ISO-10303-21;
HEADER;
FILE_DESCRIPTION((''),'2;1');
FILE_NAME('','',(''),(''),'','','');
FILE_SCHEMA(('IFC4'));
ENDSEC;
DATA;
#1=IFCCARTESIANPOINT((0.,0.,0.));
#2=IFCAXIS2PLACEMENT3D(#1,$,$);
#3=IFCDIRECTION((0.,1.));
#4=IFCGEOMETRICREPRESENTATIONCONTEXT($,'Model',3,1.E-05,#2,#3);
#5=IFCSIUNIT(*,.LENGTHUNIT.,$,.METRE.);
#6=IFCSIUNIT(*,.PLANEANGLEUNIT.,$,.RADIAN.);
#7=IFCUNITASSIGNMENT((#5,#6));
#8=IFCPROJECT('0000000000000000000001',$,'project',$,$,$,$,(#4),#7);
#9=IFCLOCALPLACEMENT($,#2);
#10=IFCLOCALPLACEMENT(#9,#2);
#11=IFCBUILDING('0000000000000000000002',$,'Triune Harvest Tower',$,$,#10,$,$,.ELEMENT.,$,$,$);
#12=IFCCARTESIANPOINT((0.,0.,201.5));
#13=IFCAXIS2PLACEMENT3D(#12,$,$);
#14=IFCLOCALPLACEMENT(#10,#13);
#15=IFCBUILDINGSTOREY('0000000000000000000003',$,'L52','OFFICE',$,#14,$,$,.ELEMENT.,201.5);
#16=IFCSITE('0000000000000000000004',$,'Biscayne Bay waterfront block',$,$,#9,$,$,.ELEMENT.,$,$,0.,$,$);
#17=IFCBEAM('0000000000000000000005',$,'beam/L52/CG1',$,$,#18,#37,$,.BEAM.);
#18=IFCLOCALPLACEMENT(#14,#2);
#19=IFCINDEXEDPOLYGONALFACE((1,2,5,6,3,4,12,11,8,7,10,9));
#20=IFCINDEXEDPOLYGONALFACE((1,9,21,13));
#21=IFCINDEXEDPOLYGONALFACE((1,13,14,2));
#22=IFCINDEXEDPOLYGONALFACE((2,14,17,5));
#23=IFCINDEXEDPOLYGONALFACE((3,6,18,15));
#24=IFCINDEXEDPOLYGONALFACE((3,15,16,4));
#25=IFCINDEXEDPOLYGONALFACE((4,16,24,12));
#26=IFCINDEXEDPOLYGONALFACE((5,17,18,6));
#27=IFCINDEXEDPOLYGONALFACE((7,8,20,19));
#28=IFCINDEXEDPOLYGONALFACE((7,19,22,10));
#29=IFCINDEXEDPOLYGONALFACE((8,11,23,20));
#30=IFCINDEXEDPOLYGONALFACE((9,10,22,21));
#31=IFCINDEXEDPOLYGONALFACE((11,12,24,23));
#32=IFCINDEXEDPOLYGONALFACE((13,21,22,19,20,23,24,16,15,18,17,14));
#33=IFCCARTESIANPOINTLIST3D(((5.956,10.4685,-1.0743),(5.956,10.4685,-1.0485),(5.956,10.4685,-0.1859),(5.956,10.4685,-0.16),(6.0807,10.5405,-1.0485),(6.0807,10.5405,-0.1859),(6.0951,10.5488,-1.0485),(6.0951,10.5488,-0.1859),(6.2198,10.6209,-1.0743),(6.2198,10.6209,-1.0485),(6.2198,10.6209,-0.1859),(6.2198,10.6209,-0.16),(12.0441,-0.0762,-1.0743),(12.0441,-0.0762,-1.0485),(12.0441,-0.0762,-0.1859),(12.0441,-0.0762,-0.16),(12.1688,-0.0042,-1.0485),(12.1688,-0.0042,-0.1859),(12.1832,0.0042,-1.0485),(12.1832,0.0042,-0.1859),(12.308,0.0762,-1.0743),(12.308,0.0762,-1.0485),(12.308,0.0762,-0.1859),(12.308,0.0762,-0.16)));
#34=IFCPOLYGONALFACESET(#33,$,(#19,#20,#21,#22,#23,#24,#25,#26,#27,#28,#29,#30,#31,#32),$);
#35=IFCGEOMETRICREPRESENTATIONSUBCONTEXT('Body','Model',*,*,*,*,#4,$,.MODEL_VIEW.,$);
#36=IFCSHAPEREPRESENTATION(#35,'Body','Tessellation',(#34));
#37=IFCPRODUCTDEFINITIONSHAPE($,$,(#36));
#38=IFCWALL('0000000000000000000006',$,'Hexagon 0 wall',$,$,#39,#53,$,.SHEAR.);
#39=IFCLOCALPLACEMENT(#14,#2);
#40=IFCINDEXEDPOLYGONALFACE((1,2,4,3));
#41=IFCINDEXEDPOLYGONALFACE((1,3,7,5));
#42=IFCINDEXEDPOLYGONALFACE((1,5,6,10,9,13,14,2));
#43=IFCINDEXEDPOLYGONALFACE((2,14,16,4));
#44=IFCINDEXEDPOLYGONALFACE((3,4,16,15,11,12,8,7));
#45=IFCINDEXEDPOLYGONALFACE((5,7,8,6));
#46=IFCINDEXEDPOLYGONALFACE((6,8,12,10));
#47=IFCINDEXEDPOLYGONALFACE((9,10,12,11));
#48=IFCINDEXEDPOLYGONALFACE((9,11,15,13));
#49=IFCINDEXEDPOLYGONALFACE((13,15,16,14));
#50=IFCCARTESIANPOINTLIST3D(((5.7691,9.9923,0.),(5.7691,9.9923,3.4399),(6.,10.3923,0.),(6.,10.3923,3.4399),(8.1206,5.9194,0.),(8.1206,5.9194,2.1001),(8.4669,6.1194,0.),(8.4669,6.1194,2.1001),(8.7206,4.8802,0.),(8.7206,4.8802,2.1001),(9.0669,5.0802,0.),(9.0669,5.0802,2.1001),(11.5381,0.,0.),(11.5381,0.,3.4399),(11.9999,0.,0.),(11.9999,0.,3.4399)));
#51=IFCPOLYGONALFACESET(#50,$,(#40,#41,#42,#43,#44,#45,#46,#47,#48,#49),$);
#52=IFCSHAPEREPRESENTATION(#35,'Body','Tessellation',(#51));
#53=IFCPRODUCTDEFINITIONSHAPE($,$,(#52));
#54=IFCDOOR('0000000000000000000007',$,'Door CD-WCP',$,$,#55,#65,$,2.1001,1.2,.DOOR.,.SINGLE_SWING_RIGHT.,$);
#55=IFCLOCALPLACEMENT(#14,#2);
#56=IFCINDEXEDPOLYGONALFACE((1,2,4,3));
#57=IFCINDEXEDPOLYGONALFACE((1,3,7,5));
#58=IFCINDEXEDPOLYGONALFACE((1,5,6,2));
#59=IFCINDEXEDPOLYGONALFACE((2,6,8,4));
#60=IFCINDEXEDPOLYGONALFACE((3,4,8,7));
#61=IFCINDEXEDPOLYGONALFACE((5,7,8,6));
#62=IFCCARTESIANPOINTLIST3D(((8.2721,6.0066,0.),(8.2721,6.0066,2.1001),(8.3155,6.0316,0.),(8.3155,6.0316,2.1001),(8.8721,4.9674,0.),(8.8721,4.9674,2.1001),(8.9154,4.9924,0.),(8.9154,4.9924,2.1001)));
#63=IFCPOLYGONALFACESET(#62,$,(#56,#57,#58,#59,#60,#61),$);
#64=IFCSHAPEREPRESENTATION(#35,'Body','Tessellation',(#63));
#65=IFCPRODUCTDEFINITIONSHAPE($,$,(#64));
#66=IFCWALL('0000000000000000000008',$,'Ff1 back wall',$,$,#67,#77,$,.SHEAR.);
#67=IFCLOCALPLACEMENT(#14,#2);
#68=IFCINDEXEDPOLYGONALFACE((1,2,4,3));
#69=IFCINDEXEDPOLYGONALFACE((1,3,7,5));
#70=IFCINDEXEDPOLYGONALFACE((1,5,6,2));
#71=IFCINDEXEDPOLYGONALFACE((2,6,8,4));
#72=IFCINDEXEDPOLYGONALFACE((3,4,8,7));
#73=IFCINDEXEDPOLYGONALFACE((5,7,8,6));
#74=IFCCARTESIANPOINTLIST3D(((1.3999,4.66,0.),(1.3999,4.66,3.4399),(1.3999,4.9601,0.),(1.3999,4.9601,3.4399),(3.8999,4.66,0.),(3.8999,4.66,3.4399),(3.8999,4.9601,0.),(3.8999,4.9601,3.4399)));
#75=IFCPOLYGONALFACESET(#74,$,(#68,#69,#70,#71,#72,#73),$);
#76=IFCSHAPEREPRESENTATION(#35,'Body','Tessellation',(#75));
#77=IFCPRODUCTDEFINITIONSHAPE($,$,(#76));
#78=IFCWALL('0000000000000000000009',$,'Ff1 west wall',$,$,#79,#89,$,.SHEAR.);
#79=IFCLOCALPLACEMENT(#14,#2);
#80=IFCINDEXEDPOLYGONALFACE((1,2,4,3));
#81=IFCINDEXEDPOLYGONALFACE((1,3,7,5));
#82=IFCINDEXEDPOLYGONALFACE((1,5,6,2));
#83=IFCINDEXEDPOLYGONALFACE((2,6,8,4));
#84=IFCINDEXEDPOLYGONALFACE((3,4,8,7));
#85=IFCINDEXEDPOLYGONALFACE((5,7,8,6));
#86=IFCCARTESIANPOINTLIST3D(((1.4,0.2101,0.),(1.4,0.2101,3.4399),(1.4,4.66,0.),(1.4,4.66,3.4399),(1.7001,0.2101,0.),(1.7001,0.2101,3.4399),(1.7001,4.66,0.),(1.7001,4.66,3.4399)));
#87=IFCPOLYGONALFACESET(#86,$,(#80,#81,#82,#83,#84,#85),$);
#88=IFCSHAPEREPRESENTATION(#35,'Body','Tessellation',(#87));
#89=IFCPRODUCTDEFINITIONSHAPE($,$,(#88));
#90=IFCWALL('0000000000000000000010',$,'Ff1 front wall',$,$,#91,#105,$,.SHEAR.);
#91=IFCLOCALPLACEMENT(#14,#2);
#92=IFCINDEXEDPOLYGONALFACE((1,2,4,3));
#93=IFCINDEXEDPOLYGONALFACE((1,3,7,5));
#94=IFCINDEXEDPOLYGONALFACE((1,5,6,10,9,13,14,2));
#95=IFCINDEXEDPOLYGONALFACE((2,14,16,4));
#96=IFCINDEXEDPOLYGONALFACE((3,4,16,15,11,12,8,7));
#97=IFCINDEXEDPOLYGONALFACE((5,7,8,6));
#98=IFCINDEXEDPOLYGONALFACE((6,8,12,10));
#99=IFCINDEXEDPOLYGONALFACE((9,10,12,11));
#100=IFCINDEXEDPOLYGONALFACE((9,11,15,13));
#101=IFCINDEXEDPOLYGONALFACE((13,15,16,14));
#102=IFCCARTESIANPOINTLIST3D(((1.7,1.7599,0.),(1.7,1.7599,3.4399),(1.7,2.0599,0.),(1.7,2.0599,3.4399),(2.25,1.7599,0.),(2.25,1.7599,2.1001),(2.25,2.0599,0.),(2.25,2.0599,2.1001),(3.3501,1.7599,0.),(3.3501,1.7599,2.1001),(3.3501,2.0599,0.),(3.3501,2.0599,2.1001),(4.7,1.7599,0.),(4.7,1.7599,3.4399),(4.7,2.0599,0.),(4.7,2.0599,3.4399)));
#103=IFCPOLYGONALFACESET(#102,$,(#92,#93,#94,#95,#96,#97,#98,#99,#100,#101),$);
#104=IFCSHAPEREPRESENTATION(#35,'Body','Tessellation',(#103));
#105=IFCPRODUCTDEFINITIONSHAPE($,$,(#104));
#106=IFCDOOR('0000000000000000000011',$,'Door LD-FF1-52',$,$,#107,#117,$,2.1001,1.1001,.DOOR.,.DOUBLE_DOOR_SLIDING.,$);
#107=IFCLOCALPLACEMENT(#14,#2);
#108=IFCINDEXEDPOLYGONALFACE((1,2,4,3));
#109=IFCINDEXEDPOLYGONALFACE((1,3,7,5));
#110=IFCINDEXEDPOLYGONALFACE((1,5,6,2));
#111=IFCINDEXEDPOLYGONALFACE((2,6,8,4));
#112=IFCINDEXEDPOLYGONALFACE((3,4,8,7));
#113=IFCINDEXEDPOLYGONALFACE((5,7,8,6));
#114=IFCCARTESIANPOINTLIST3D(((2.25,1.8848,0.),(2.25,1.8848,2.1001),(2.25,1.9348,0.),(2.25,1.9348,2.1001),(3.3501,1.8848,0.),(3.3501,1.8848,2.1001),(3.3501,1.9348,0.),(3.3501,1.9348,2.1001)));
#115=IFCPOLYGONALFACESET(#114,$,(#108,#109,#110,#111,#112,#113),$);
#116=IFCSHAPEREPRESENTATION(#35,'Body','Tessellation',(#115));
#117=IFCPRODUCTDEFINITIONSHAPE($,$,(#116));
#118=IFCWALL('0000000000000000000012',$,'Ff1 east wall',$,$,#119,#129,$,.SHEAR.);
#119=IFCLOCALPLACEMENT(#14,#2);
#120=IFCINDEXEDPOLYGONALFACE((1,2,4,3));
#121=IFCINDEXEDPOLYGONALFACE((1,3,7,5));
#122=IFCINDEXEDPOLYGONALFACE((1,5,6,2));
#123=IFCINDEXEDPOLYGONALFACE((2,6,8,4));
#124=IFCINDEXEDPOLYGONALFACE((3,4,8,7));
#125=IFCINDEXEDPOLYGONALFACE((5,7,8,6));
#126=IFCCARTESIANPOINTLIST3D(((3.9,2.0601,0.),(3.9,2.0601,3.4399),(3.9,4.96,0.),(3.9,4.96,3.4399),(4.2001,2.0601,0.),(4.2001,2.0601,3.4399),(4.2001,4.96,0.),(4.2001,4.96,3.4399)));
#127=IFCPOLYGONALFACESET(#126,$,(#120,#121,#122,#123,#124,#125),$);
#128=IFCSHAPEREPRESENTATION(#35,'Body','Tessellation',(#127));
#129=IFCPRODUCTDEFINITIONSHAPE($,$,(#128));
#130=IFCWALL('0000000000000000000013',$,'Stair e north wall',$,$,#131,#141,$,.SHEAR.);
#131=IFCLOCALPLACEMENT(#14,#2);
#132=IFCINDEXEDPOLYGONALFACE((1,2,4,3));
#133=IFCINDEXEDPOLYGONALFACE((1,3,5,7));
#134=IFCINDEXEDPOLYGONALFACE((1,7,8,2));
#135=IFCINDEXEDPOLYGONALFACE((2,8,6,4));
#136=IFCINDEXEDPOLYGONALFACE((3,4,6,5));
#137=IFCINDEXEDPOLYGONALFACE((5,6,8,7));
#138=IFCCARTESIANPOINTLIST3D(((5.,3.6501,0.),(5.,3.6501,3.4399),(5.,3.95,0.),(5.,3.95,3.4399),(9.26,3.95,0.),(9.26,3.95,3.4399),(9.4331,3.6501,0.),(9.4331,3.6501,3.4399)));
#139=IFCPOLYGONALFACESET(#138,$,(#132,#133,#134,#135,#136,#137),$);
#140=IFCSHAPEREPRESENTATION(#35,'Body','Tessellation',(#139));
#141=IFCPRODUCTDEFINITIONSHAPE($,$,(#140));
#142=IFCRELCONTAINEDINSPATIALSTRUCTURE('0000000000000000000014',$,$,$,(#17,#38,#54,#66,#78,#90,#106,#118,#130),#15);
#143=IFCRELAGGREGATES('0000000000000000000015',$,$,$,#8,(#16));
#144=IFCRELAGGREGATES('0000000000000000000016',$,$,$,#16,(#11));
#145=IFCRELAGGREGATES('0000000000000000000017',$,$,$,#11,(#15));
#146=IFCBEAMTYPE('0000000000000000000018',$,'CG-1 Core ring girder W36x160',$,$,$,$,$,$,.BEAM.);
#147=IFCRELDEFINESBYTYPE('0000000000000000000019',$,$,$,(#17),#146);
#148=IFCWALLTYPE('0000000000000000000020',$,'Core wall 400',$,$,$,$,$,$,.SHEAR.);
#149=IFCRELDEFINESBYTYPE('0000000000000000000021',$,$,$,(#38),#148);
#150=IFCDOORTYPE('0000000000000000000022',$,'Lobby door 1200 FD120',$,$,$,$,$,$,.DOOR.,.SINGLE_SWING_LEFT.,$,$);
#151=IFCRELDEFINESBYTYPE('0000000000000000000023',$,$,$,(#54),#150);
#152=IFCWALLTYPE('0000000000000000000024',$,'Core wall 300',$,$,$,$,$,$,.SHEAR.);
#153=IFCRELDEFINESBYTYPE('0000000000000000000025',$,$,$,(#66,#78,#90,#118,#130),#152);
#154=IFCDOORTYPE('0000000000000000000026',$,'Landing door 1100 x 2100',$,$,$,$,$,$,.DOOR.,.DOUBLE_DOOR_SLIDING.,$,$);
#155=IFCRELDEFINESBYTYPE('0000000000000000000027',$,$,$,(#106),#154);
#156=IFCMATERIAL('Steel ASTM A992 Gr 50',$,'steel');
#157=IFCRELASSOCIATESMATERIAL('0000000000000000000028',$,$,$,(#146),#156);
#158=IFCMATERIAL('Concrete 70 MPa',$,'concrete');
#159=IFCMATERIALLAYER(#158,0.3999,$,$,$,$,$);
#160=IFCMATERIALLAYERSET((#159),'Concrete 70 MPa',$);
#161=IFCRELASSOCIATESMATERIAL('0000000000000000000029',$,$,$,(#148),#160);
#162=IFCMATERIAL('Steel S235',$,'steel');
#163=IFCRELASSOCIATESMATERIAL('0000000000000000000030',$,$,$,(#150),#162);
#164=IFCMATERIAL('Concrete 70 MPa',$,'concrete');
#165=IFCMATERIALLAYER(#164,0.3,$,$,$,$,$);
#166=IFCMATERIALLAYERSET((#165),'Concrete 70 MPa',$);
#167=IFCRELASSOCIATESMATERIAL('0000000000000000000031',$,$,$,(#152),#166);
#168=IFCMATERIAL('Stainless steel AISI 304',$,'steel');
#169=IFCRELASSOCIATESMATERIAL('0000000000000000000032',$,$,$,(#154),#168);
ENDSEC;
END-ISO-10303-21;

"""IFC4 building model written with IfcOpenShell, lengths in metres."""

from ifc_helpers import new_model, si_unit, direction, frame, frame_2d, origin, origin_2d, place, context, subcontext, project, spatial, polyline, rectangle, i_section, outline, extrude, source, transform, mapped, material, layer, layer_set, material_profile, profile_set, type_object, element, fill, save


model = new_model("IFC4")

# Units and contexts
model_context = context("Model", 3, precision=1e-05, world=origin(), true_north=direction((0.0, 1.0)))
body_context = subcontext(model_context, "Body", "Model", "MODEL_VIEW")
ifc_project = project(units=[si_unit("LENGTHUNIT", "METRE"), si_unit("PLANEANGLEUNIT", "RADIAN")], contexts=[model_context])

# Site, building, storey
site_placement = place(None, origin())
site = spatial("IfcSite", under=ifc_project, at=site_placement, Name="Biscayne Bay waterfront block", CompositionType="ELEMENT", RefElevation=0.0)
building_placement = place(site_placement, origin())
building = spatial("IfcBuilding", under=site, at=building_placement, Name="Triune Harvest Tower", CompositionType="ELEMENT")
storey_placement = place(building_placement, frame((0.0, 0.0, 201.5)))
storey = spatial("IfcBuildingStorey", under=building, at=storey_placement, Name="L52", Description="OFFICE", CompositionType="ELEMENT", Elevation=201.5)

# Beam
ifc_material_1 = material(Name="Steel ASTM A992 Gr 50", Category="steel")
ifc_material_profile = material_profile(ifc_material_1, i_section(OverallWidth=0.3047, OverallDepth=0.9143, WebThickness=0.0166, FlangeThickness=0.0259, at=origin_2d()), Name="W36x160")
ifc_profile_set = profile_set([ifc_material_profile], Name="Steel ASTM A992 Gr 50")
beam_type = type_object("IfcBeamType", Name="CG-1 Core ring girder W36x160", PredefinedType="BEAM", material=ifc_profile_set)
shared_shape_1 = source(origin(), body_context, "Body", "SweptSolid", [
    extrude(i_section(OverallWidth=0.3047, OverallDepth=0.9143, WebThickness=0.0166, FlangeThickness=0.0259, at=origin_2d()), origin(), (0.0, 0.0, 1.0), 12.176),
])
beam_placement = place(storey_placement, frame((12.176, 0.0, -0.6172), z_axis=(-0.50001, 0.86602, 0.0), x_axis=(-0.86602, -0.50001, 0.0)))
element("IfcBeam", 1, at=beam_placement, inside=storey, type_object=beam_type, Name="beam/L52/CG1", PredefinedType="BEAM", context=body_context, shape_type="MappedRepresentation", body=[
    mapped(shared_shape_1, transform((0.0, 0.0, 0.0), scale=1.0)),
])

# Wall, opening, door
ifc_material_2 = material(Name="Concrete 70 MPa", Category="concrete")
ifc_layer_1 = layer(ifc_material_2, 0.3999)
ifc_layer_set_1 = layer_set([ifc_layer_1], Name="Concrete 70 MPa")
wall_type_1 = type_object("IfcWallType", Name="Core wall 400", PredefinedType="SHEAR", material=ifc_layer_set_1)
shared_shape_2 = source(origin(), body_context, "Body", "SweptSolid", [
    extrude(outline(polyline([(-0.1155, -0.2), (11.8845, -0.2), (11.6536, 0.2), (0.1155, 0.2), (-0.1155, -0.2)])), origin(), (0.0, 0.0, 1.0), 3.4399),
])
wall_1_placement = place(storey_placement, frame((11.769, 0.0, 0.0), z_axis=(0.0, 0.0, 1.0), x_axis=(-0.499997, 0.866027, 0.0)))
wall_1 = element("IfcWall", 2, at=wall_1_placement, inside=storey, type_object=wall_type_1, Name="Hexagon 0 wall", PredefinedType="SHEAR", context=body_context, shape_type="MappedRepresentation", body=[
    mapped(shared_shape_2, transform((0.0, 0.0, 0.0), scale=1.0)),
])
opening_1_placement = place(wall_1_placement, frame((5.7505, 0.0, 0.0)))
opening_1 = element("IfcOpeningElement", 3, at=opening_1_placement, cuts=wall_1, PredefinedType="OPENING", context=body_context, shape_type="SweptSolid", body=[
    extrude(rectangle(XDim=1.2, YDim=2.1001, at=frame_2d((0.6001, 1.05))), frame((0.0, 0.21, 0.0), z_axis=(0.0, -1.0, 0.0), x_axis=(1.0, 0.0, 0.0)), (0.0, 0.0, 1.0), 0.4199),
])
ifc_material_3 = material(Name="Steel S235", Category="steel")
door_type_1 = type_object("IfcDoorType", Name="Lobby door 1200 FD120", OperationType="SINGLE_SWING_LEFT", PredefinedType="DOOR", material=ifc_material_3)
door_1_placement = place(opening_1_placement, frame((1.2, 0.0, 0.0), z_axis=(0.0, 0.0, 1.0), x_axis=(-1.0, 0.0, 0.0)))
door_1 = element("IfcDoor", 4, at=door_1_placement, inside=storey, type_object=door_type_1, Name="Door CD-WCP", OperationType="SINGLE_SWING_RIGHT", OverallHeight=2.1001, OverallWidth=1.2, PredefinedType="DOOR", context=body_context, shape_type="SweptSolid", body=[
    extrude(rectangle(XDim=1.2, YDim=2.1001, at=frame_2d((0.6001, 1.05))), frame((0.0, 0.0249, 0.0), z_axis=(0.0, -1.0, 0.0), x_axis=(1.0, 0.0, 0.0)), (0.0, 0.0, 1.0), 0.05),
])
fill(opening_1, door_1)

# Walls
ifc_material_4 = material(Name="Concrete 70 MPa", Category="concrete")
ifc_layer_2 = layer(ifc_material_4, 0.3)
ifc_layer_set_2 = layer_set([ifc_layer_2], Name="Concrete 70 MPa")
wall_type_2 = type_object("IfcWallType", Name="Core wall 300", PredefinedType="SHEAR", material=ifc_layer_set_2)
shared_shape_3 = source(origin(), body_context, "Body", "SweptSolid", [
    extrude(rectangle(XDim=2.5, YDim=0.3, at=frame_2d((1.25, 0.0))), origin(), (0.0, 0.0, 1.0), 3.4399),
])
wall_2_placement = place(storey_placement, frame((1.3999, 4.8101, 0.0), z_axis=(0.0, 0.0, 1.0), x_axis=(1.0, 0.0, 0.0)))
element("IfcWall", 5, at=wall_2_placement, inside=storey, type_object=wall_type_2, Name="Ff1 back wall", PredefinedType="SHEAR", context=body_context, shape_type="MappedRepresentation", body=[
    mapped(shared_shape_3, transform((0.0, 0.0, 0.0), scale=1.0)),
])
shared_shape_4 = source(origin(), body_context, "Body", "SweptSolid", [
    extrude(rectangle(XDim=4.45, YDim=0.3, at=frame_2d((2.2251, 0.0))), origin(), (0.0, 0.0, 1.0), 3.4399),
])
wall_3_placement = place(storey_placement, frame((1.55, 0.21, 0.0), z_axis=(0.0, 0.0, 1.0), x_axis=(0.0, 1.0, 0.0)))
element("IfcWall", 6, at=wall_3_placement, inside=storey, type_object=wall_type_2, Name="Ff1 west wall", PredefinedType="SHEAR", context=body_context, shape_type="MappedRepresentation", body=[
    mapped(shared_shape_4, transform((0.0, 0.0, 0.0), scale=1.0)),
])

# Wall, opening, door
shared_shape_5 = source(origin(), body_context, "Body", "SweptSolid", [
    extrude(rectangle(XDim=3.0, YDim=0.3, at=frame_2d((1.5, 0.0))), origin(), (0.0, 0.0, 1.0), 3.4399),
])
wall_4_placement = place(storey_placement, frame((1.7, 1.9099, 0.0), z_axis=(0.0, 0.0, 1.0), x_axis=(1.0, 0.0, 0.0)))
wall_4 = element("IfcWall", 7, at=wall_4_placement, inside=storey, type_object=wall_type_2, Name="Ff1 front wall", PredefinedType="SHEAR", context=body_context, shape_type="MappedRepresentation", body=[
    mapped(shared_shape_5, transform((0.0, 0.0, 0.0), scale=1.0)),
])
opening_2_placement = place(wall_4_placement, frame((0.55, 0.0, 0.0)))
opening_2 = element("IfcOpeningElement", 8, at=opening_2_placement, cuts=wall_4, PredefinedType="OPENING", context=body_context, shape_type="SweptSolid", body=[
    extrude(rectangle(XDim=1.1001, YDim=2.1001, at=frame_2d((0.55, 1.05))), frame((0.0, 0.1602, 0.0), z_axis=(0.0, -1.0, 0.0), x_axis=(1.0, 0.0, 0.0)), (0.0, 0.0, 1.0), 0.3201),
])
ifc_material_5 = material(Name="Stainless steel AISI 304", Category="steel")
door_type_2 = type_object("IfcDoorType", Name="Landing door 1100 x 2100", OperationType="DOUBLE_DOOR_SLIDING", PredefinedType="DOOR", material=ifc_material_5)
door_2_placement = place(opening_2_placement, origin())
door_2 = element("IfcDoor", 9, at=door_2_placement, inside=storey, type_object=door_type_2, Name="Door LD-FF1-52", OperationType="DOUBLE_DOOR_SLIDING", OverallHeight=2.1001, OverallWidth=1.1001, PredefinedType="DOOR", context=body_context, shape_type="SweptSolid", body=[
    extrude(rectangle(XDim=1.1001, YDim=2.1001, at=frame_2d((0.55, 1.05))), frame((0.0, 0.0249, 0.0), z_axis=(0.0, -1.0, 0.0), x_axis=(1.0, 0.0, 0.0)), (0.0, 0.0, 1.0), 0.05),
])
fill(opening_2, door_2)

# Walls
shared_shape_6 = source(origin(), body_context, "Body", "SweptSolid", [
    extrude(rectangle(XDim=2.8999, YDim=0.3, at=frame_2d((1.45, 0.0))), origin(), (0.0, 0.0, 1.0), 3.4399),
])
wall_5_placement = place(storey_placement, frame((4.05, 2.0601, 0.0), z_axis=(0.0, 0.0, 1.0), x_axis=(0.0, 1.0, 0.0)))
element("IfcWall", 10, at=wall_5_placement, inside=storey, type_object=wall_type_2, Name="Ff1 east wall", PredefinedType="SHEAR", context=body_context, shape_type="MappedRepresentation", body=[
    mapped(shared_shape_6, transform((0.0, 0.0, 0.0), scale=1.0)),
])
shared_shape_7 = source(origin(), body_context, "Body", "SweptSolid", [
    extrude(outline(polyline([(0.0, -0.1499), (0.0, 0.1499), (4.26, 0.1499), (4.4331, -0.1499), (0.0, -0.1499)])), origin(), (0.0, 0.0, 1.0), 3.4399),
])
wall_6_placement = place(storey_placement, frame((5.0, 3.8, 0.0), z_axis=(0.0, 0.0, 1.0), x_axis=(1.0, 0.0, 0.0)))
element("IfcWall", 11, at=wall_6_placement, inside=storey, type_object=wall_type_2, Name="Stair e north wall", PredefinedType="SHEAR", context=body_context, shape_type="MappedRepresentation", body=[
    mapped(shared_shape_7, transform((0.0, 0.0, 0.0), scale=1.0)),
])

save(model, "model.ifc")
